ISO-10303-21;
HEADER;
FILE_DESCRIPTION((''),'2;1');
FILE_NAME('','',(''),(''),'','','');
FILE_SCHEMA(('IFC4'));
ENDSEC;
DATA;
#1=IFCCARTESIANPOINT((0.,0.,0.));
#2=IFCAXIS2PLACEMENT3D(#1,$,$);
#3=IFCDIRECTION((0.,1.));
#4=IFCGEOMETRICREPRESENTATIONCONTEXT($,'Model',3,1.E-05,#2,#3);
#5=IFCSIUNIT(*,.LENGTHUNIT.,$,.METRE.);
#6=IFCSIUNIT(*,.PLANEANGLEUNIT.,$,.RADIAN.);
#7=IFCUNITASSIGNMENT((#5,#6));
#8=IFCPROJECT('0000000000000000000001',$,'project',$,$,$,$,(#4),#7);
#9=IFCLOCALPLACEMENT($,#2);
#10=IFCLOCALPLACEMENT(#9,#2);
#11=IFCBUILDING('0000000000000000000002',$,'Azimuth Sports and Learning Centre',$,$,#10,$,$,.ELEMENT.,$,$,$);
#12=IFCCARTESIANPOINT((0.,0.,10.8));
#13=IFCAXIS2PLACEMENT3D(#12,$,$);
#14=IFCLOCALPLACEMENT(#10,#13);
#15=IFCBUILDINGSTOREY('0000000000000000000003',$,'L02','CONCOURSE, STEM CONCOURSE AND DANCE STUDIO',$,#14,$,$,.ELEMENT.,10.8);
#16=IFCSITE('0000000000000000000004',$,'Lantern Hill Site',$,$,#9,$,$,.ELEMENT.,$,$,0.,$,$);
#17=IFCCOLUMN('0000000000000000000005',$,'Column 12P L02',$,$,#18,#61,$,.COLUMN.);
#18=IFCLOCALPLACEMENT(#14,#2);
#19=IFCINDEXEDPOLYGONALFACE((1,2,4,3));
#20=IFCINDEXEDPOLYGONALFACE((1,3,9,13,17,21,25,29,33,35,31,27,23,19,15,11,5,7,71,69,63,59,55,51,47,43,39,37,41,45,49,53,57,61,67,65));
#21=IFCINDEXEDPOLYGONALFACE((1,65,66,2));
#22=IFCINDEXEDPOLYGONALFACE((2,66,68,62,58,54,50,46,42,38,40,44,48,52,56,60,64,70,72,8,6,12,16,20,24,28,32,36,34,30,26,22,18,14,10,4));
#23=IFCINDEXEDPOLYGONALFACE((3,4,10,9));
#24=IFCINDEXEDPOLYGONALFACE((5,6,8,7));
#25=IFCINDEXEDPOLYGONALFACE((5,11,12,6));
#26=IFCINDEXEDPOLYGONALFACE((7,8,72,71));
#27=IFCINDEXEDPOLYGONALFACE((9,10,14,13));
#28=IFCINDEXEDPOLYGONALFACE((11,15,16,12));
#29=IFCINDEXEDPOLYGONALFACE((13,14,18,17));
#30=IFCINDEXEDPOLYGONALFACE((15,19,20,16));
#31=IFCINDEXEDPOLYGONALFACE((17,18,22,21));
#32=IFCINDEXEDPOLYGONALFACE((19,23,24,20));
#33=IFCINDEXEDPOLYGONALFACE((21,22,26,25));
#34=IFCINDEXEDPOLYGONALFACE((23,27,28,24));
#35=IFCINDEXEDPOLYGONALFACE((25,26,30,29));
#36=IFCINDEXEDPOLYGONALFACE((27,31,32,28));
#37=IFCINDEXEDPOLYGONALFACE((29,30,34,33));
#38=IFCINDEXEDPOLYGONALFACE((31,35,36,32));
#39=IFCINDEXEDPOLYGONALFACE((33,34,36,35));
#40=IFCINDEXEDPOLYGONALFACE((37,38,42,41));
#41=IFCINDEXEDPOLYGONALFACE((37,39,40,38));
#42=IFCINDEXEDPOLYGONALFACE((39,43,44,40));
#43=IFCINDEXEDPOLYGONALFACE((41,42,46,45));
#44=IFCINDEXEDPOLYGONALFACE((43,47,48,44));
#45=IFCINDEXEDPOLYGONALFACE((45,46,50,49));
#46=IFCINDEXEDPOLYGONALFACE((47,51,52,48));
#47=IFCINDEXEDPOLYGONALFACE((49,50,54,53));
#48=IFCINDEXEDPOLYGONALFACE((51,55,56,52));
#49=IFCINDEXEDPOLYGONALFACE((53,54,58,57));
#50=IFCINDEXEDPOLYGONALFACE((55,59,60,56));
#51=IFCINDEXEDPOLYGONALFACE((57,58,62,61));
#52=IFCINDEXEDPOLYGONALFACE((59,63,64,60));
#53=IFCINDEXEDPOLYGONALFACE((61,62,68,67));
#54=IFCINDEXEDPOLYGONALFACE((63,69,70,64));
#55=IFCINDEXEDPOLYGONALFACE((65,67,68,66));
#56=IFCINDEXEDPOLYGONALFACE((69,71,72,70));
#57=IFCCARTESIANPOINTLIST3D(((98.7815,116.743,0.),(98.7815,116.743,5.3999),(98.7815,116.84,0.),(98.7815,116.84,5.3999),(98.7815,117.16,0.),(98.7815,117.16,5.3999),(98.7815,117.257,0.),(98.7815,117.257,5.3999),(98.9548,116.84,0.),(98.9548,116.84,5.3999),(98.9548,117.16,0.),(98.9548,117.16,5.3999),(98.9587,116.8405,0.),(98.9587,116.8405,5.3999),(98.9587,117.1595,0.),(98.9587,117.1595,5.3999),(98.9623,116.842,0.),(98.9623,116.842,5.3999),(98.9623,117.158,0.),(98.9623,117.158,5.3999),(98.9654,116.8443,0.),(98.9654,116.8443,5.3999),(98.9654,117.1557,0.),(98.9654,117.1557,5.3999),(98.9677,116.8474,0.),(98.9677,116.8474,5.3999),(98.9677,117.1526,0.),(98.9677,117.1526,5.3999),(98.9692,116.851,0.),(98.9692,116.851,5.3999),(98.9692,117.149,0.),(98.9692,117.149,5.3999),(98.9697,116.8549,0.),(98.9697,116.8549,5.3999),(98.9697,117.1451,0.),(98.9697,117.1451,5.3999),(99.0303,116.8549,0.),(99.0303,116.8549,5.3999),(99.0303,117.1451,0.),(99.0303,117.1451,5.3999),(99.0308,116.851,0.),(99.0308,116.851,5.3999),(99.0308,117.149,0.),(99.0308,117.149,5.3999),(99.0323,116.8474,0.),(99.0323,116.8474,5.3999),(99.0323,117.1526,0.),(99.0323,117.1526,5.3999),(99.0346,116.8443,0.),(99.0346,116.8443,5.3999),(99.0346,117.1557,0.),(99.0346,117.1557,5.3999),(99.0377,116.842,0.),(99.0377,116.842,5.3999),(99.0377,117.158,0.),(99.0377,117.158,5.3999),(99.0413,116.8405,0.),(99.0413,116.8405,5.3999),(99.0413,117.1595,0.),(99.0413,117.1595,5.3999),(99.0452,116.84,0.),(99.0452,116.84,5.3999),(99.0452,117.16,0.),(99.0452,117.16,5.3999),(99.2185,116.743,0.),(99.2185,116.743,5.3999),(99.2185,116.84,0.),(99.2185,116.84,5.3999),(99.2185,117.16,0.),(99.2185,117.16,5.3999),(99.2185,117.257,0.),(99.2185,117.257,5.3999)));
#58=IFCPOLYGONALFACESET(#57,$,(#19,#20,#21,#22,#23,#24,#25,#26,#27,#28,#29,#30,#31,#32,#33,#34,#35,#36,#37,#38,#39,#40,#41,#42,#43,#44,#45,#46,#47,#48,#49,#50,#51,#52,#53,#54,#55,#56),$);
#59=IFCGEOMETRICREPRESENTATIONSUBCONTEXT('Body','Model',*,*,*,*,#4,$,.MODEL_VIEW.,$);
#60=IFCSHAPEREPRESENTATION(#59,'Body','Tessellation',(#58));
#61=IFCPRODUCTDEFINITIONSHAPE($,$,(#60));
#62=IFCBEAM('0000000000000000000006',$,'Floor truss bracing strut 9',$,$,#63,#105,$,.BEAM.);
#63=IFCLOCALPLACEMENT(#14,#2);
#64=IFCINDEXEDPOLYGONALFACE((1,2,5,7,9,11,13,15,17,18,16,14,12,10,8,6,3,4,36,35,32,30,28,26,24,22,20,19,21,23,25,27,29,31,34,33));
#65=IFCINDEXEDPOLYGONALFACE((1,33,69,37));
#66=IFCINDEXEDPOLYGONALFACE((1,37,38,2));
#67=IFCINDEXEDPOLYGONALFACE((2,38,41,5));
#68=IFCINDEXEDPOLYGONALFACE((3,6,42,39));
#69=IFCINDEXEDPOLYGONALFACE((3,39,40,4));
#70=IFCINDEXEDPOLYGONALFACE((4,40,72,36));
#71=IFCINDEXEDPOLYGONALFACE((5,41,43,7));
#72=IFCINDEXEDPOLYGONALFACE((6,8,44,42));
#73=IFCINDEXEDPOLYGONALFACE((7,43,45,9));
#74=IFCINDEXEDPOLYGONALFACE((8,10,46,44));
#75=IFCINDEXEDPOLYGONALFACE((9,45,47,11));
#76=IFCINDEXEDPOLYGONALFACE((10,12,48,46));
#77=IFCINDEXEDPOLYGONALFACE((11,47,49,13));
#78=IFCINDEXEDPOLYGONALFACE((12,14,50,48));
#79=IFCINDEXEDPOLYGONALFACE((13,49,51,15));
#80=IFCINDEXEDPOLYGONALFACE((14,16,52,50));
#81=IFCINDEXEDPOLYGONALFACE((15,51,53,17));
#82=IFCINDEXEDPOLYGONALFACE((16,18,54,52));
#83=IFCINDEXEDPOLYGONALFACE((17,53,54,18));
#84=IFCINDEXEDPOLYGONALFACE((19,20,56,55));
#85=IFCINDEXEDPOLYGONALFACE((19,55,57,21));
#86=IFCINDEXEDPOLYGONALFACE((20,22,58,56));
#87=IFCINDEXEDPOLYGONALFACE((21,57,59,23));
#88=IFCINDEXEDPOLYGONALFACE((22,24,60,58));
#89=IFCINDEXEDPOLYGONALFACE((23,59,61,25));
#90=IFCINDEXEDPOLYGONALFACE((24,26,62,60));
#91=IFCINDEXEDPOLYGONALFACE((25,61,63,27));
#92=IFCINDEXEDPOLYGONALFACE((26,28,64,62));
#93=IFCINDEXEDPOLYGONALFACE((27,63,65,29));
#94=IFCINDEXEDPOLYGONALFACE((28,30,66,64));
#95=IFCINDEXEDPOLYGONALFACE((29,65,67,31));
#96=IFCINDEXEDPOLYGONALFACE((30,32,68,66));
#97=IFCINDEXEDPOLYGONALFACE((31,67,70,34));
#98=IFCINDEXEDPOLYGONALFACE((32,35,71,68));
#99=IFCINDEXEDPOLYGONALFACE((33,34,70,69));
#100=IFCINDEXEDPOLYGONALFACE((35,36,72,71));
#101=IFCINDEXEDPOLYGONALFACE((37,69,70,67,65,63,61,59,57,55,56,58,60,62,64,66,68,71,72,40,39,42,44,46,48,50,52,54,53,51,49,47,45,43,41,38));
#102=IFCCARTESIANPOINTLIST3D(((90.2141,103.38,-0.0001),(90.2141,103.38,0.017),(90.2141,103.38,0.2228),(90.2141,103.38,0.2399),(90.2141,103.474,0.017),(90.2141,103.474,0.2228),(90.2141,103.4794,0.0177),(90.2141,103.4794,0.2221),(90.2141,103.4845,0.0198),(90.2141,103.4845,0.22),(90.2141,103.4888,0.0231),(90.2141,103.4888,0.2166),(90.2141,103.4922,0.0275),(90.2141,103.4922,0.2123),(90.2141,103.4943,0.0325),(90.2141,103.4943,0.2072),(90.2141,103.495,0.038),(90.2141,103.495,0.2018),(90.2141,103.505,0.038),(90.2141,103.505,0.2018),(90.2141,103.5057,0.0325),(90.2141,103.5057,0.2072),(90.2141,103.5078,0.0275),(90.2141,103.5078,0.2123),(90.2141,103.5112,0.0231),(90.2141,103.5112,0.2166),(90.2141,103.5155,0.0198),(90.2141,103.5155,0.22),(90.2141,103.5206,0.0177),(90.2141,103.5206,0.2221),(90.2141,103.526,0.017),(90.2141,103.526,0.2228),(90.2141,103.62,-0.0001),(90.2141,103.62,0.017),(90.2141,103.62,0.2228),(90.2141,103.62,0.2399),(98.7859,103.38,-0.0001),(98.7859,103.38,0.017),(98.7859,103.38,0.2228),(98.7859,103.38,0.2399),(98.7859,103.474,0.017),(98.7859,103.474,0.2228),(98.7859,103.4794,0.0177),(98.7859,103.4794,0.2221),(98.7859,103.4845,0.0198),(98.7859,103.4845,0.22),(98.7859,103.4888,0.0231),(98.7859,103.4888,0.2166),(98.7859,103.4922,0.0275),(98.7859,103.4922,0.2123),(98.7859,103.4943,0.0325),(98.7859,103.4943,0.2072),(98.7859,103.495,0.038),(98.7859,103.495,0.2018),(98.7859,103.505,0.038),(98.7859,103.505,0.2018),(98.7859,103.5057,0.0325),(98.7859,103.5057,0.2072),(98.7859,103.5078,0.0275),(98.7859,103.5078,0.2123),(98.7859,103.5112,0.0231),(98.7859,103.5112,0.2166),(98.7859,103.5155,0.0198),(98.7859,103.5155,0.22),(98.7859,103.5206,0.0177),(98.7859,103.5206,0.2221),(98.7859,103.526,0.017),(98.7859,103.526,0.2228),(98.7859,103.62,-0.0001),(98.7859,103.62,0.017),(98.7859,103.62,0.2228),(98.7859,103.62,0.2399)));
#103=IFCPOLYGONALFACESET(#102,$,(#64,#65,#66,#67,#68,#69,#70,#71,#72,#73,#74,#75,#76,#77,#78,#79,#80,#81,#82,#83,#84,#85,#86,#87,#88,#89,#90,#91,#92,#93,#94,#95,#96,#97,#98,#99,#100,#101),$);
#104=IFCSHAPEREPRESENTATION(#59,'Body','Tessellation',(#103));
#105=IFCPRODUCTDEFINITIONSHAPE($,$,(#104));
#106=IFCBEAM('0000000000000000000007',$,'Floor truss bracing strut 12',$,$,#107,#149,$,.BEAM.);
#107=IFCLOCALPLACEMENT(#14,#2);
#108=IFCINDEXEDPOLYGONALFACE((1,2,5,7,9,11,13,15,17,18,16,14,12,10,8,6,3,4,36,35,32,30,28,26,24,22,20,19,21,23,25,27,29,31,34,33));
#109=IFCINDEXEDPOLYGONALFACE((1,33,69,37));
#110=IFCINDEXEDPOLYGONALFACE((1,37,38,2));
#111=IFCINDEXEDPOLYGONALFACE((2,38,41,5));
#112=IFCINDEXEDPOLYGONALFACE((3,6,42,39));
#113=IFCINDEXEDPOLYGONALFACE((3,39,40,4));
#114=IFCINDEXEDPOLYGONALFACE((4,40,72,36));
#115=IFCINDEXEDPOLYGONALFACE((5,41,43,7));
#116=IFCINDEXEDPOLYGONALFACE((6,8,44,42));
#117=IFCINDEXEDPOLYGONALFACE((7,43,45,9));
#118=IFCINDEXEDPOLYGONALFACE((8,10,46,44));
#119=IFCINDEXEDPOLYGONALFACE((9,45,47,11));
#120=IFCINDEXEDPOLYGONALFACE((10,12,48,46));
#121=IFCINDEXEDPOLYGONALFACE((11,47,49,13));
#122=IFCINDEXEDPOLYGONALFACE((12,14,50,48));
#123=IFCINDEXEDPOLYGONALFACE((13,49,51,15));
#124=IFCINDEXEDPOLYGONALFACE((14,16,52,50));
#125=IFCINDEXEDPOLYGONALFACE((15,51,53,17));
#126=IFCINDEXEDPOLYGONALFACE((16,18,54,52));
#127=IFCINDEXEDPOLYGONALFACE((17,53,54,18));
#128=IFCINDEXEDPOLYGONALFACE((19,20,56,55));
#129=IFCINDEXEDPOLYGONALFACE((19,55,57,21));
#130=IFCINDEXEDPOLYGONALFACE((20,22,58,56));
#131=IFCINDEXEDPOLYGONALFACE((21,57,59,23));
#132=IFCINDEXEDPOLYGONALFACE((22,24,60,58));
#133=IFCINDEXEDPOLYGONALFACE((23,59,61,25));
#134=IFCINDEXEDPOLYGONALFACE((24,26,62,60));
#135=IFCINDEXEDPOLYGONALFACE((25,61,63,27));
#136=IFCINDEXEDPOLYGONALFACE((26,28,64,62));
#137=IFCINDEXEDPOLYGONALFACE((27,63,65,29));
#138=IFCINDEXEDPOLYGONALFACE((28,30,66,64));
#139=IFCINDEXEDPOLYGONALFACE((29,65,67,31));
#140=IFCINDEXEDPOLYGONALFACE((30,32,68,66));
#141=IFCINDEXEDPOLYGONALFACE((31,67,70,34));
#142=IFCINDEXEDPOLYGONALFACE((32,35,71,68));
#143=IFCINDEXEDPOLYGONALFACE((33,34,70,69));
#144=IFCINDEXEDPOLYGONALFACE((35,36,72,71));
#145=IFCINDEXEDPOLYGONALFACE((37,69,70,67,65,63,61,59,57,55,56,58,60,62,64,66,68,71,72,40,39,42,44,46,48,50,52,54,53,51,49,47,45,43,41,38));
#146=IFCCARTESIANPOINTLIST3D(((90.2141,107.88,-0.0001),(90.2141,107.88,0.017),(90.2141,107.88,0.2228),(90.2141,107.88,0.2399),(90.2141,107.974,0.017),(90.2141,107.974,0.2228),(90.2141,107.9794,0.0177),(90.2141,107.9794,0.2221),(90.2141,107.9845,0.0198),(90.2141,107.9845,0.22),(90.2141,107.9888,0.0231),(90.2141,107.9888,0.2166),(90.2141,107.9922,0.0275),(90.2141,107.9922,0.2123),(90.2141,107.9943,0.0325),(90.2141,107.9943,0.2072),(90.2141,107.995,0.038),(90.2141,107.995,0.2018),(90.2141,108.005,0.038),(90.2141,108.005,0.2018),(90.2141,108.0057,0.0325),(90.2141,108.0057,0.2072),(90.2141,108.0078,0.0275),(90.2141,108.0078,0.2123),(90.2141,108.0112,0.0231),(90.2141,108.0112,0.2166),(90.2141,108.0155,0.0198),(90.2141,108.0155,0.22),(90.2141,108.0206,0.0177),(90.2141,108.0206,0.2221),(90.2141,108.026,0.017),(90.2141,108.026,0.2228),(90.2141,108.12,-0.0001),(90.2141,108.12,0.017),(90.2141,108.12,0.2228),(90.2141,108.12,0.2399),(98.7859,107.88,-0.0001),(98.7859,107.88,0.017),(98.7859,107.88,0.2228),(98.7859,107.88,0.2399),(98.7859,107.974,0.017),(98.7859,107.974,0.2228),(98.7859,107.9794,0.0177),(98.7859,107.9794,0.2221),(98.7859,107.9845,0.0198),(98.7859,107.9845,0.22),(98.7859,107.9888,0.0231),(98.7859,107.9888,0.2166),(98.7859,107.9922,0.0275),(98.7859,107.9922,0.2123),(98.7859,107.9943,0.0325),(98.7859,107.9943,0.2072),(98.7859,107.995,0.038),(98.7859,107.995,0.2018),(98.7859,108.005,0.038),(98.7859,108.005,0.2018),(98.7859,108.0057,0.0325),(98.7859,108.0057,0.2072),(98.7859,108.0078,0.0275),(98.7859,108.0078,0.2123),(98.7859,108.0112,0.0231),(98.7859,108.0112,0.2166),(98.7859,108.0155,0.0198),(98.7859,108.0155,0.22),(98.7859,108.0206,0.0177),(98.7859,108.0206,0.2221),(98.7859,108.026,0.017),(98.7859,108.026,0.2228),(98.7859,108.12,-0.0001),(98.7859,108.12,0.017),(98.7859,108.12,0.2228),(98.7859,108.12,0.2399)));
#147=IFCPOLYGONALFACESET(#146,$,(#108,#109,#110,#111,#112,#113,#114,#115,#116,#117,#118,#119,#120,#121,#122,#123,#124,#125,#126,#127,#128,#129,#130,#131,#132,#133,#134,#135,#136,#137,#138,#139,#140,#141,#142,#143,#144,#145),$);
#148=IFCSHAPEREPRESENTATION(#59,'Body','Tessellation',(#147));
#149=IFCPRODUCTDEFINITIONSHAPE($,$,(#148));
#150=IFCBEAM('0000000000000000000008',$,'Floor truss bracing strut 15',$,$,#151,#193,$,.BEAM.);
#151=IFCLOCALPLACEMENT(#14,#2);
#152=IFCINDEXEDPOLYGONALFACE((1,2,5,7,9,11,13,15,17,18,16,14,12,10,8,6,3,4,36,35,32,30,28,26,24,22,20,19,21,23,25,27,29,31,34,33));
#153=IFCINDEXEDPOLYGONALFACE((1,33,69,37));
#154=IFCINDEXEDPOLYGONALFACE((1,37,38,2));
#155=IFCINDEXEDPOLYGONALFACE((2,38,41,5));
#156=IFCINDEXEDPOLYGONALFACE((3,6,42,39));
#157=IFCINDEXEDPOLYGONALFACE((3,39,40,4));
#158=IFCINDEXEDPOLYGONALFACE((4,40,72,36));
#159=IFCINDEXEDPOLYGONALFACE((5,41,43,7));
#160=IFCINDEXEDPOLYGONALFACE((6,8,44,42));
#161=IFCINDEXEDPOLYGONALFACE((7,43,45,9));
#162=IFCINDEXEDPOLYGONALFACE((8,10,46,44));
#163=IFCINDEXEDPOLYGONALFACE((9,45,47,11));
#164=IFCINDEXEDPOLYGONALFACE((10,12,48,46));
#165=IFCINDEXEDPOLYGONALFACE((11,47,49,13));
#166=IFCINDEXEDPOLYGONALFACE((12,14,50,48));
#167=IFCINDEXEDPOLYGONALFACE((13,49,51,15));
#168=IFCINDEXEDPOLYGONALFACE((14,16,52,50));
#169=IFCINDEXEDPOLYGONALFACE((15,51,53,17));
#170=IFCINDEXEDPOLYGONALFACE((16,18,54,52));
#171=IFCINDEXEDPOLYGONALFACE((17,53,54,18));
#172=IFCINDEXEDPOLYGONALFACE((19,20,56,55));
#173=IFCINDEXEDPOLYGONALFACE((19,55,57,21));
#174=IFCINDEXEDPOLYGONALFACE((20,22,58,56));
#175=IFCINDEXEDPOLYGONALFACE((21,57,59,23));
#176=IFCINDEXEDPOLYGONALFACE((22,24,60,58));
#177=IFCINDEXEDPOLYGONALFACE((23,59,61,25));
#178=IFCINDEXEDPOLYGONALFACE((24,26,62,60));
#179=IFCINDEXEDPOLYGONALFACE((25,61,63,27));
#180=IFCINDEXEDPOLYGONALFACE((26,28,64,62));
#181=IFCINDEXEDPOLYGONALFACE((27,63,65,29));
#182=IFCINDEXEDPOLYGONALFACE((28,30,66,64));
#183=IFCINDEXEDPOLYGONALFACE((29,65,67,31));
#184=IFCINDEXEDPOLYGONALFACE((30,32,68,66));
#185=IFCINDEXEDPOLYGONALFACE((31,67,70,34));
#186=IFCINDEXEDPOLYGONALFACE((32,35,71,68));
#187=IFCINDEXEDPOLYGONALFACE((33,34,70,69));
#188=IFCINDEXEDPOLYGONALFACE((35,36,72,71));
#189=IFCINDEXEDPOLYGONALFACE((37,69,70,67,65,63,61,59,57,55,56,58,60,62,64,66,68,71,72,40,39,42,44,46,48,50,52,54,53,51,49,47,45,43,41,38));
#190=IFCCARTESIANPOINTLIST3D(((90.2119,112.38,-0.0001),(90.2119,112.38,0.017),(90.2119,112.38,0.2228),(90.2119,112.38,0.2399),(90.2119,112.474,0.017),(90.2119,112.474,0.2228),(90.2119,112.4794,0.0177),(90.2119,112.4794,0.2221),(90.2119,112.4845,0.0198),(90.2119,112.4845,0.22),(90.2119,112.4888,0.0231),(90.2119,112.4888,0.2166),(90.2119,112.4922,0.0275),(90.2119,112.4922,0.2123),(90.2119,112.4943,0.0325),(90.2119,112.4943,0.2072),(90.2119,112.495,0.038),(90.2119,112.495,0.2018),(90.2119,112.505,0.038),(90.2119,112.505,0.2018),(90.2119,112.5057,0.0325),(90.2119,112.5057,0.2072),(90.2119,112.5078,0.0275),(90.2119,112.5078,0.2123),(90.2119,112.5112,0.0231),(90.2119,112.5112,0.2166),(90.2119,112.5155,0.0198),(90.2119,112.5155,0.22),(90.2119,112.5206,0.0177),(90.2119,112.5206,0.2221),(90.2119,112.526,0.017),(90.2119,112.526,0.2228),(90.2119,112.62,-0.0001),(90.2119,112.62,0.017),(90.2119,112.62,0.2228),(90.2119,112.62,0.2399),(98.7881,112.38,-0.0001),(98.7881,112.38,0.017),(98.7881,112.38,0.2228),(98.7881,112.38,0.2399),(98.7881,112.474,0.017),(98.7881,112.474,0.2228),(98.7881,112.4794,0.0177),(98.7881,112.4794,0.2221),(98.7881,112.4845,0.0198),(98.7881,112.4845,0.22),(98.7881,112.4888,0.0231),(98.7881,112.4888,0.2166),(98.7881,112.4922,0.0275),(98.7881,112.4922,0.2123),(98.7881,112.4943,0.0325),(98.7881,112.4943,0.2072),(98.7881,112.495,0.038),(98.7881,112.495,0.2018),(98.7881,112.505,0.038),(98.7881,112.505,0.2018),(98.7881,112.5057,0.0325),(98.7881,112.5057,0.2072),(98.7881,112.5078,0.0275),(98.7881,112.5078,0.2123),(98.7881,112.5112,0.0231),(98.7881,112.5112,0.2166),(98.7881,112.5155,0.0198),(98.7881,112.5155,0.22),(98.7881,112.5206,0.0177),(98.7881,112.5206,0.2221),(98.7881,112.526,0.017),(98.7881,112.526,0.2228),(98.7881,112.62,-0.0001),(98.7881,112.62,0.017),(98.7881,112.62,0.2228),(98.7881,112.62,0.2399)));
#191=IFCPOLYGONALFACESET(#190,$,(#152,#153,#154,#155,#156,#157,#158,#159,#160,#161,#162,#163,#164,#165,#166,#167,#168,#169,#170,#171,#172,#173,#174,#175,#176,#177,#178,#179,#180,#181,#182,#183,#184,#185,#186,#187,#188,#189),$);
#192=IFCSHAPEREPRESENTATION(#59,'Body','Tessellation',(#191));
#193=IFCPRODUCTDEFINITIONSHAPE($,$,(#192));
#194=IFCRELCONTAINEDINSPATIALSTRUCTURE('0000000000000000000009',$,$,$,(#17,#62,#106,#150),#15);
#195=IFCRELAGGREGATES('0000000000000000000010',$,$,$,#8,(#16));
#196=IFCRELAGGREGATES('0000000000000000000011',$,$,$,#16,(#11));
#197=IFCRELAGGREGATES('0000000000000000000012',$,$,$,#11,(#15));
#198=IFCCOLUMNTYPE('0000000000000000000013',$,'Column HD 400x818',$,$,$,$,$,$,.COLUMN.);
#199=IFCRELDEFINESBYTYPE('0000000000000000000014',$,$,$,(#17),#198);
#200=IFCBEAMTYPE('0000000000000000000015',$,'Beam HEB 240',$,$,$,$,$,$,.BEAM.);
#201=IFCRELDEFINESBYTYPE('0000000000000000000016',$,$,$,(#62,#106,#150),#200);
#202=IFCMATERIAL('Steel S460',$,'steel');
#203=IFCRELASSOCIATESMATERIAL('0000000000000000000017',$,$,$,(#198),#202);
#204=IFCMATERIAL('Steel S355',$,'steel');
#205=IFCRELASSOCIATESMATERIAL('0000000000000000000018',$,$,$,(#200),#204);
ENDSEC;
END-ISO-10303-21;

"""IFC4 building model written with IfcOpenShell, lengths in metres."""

from ifc_helpers import new_model, si_unit, direction, frame, origin, origin_2d, place, context, subcontext, project, spatial, i_section, extrude, material, material_profile, profile_set, type_object, element, save


model = new_model("IFC4")

# Units and contexts
model_context = context("Model", 3, precision=1e-05, world=origin(), true_north=direction((0.0, 1.0)))
body_context = subcontext(model_context, "Body", "Model", "MODEL_VIEW")
ifc_project = project(units=[si_unit("LENGTHUNIT", "METRE"), si_unit("PLANEANGLEUNIT", "RADIAN")], contexts=[model_context])

# Site, building, storey
site_placement = place(None, origin())
site = spatial("IfcSite", under=ifc_project, at=site_placement, Name="Lantern Hill Site", CompositionType="ELEMENT", RefElevation=0.0)
building_placement = place(site_placement, origin())
building = spatial("IfcBuilding", under=site, at=building_placement, Name="Azimuth Sports and Learning Centre", CompositionType="ELEMENT")
storey_placement = place(building_placement, frame((0.0, 0.0, 10.8)))
storey = spatial("IfcBuildingStorey", under=building, at=storey_placement, Name="L02", Description="CONCOURSE, STEM CONCOURSE AND DANCE STUDIO", CompositionType="ELEMENT", Elevation=10.8)

# Column
ifc_material_1 = material(Name="Steel S460", Category="steel")
ifc_material_profile_1 = material_profile(ifc_material_1, i_section(OverallWidth=0.437, OverallDepth=0.5139, WebThickness=0.0605, FlangeThickness=0.0969, FilletRadius=0.0149, at=origin_2d()), Name="HD 400x818")
ifc_profile_set_1 = profile_set([ifc_material_profile_1], Name="Steel S460")
column_type = type_object("IfcColumnType", Name="Column HD 400x818", PredefinedType="COLUMN", material=ifc_profile_set_1)
column_placement = place(storey_placement, frame((99.0, 117.0, 0.0), z_axis=(0.0, 0.0, 1.0), x_axis=(1.0, 0.0, 0.0)))
element("IfcColumn", 1, at=column_placement, inside=storey, type_object=column_type, Name="Column 12P L02", PredefinedType="COLUMN", context=body_context, shape_type="SweptSolid", body=[
    extrude(i_section(OverallWidth=0.437, OverallDepth=0.5139, WebThickness=0.0605, FlangeThickness=0.0969, FilletRadius=0.0149, at=origin_2d()), origin(), (0.0, 0.0, 1.0), 5.3999),
])

# Beams
ifc_material_2 = material(Name="Steel S355", Category="steel")
ifc_material_profile_2 = material_profile(ifc_material_2, i_section(OverallWidth=0.24, OverallDepth=0.24, WebThickness=0.01, FlangeThickness=0.0171, FilletRadius=0.021, at=origin_2d()), Name="HEB 240")
ifc_profile_set_2 = profile_set([ifc_material_profile_2], Name="Steel S355")
beam_type_1 = type_object("IfcBeamType", Name="Beam HEB 240", PredefinedType="BEAM", material=ifc_profile_set_2)
for number, where, z_axis, x_axis, name in (
    (2, (90.2141, 103.5, 0.1199), (1.0, 0.0, 0.0), (0.0, 1.0, 0.0), "Floor truss bracing strut 9"),
    (3, (90.2141, 108.0, 0.1199), (1.0, 0.0, 0.0), (0.0, 1.0, 0.0), "Floor truss bracing strut 12"),
):
    element("IfcBeam", number, at=place(storey_placement, frame(where, z_axis=z_axis, x_axis=x_axis)), inside=storey, type_object=beam_type_1, Name=name, PredefinedType="BEAM", context=body_context, shape_type="SweptSolid", body=[
        extrude(i_section(OverallWidth=0.24, OverallDepth=0.24, WebThickness=0.01, FlangeThickness=0.0171, FilletRadius=0.021, at=origin_2d()), origin(), (0.0, 0.0, 1.0), 8.5718),
    ])
beam_placement = place(storey_placement, frame((90.2119, 112.5, 0.1199), z_axis=(1.0, 0.0, 0.0), x_axis=(0.0, 1.0, 0.0)))
element("IfcBeam", 4, at=beam_placement, inside=storey, type_object=beam_type_1, Name="Floor truss bracing strut 15", PredefinedType="BEAM", context=body_context, shape_type="SweptSolid", body=[
    extrude(i_section(OverallWidth=0.24, OverallDepth=0.24, WebThickness=0.01, FlangeThickness=0.0171, FilletRadius=0.021, at=origin_2d()), origin(), (0.0, 0.0, 1.0), 8.5762),
])

save(model, "model.ifc")
